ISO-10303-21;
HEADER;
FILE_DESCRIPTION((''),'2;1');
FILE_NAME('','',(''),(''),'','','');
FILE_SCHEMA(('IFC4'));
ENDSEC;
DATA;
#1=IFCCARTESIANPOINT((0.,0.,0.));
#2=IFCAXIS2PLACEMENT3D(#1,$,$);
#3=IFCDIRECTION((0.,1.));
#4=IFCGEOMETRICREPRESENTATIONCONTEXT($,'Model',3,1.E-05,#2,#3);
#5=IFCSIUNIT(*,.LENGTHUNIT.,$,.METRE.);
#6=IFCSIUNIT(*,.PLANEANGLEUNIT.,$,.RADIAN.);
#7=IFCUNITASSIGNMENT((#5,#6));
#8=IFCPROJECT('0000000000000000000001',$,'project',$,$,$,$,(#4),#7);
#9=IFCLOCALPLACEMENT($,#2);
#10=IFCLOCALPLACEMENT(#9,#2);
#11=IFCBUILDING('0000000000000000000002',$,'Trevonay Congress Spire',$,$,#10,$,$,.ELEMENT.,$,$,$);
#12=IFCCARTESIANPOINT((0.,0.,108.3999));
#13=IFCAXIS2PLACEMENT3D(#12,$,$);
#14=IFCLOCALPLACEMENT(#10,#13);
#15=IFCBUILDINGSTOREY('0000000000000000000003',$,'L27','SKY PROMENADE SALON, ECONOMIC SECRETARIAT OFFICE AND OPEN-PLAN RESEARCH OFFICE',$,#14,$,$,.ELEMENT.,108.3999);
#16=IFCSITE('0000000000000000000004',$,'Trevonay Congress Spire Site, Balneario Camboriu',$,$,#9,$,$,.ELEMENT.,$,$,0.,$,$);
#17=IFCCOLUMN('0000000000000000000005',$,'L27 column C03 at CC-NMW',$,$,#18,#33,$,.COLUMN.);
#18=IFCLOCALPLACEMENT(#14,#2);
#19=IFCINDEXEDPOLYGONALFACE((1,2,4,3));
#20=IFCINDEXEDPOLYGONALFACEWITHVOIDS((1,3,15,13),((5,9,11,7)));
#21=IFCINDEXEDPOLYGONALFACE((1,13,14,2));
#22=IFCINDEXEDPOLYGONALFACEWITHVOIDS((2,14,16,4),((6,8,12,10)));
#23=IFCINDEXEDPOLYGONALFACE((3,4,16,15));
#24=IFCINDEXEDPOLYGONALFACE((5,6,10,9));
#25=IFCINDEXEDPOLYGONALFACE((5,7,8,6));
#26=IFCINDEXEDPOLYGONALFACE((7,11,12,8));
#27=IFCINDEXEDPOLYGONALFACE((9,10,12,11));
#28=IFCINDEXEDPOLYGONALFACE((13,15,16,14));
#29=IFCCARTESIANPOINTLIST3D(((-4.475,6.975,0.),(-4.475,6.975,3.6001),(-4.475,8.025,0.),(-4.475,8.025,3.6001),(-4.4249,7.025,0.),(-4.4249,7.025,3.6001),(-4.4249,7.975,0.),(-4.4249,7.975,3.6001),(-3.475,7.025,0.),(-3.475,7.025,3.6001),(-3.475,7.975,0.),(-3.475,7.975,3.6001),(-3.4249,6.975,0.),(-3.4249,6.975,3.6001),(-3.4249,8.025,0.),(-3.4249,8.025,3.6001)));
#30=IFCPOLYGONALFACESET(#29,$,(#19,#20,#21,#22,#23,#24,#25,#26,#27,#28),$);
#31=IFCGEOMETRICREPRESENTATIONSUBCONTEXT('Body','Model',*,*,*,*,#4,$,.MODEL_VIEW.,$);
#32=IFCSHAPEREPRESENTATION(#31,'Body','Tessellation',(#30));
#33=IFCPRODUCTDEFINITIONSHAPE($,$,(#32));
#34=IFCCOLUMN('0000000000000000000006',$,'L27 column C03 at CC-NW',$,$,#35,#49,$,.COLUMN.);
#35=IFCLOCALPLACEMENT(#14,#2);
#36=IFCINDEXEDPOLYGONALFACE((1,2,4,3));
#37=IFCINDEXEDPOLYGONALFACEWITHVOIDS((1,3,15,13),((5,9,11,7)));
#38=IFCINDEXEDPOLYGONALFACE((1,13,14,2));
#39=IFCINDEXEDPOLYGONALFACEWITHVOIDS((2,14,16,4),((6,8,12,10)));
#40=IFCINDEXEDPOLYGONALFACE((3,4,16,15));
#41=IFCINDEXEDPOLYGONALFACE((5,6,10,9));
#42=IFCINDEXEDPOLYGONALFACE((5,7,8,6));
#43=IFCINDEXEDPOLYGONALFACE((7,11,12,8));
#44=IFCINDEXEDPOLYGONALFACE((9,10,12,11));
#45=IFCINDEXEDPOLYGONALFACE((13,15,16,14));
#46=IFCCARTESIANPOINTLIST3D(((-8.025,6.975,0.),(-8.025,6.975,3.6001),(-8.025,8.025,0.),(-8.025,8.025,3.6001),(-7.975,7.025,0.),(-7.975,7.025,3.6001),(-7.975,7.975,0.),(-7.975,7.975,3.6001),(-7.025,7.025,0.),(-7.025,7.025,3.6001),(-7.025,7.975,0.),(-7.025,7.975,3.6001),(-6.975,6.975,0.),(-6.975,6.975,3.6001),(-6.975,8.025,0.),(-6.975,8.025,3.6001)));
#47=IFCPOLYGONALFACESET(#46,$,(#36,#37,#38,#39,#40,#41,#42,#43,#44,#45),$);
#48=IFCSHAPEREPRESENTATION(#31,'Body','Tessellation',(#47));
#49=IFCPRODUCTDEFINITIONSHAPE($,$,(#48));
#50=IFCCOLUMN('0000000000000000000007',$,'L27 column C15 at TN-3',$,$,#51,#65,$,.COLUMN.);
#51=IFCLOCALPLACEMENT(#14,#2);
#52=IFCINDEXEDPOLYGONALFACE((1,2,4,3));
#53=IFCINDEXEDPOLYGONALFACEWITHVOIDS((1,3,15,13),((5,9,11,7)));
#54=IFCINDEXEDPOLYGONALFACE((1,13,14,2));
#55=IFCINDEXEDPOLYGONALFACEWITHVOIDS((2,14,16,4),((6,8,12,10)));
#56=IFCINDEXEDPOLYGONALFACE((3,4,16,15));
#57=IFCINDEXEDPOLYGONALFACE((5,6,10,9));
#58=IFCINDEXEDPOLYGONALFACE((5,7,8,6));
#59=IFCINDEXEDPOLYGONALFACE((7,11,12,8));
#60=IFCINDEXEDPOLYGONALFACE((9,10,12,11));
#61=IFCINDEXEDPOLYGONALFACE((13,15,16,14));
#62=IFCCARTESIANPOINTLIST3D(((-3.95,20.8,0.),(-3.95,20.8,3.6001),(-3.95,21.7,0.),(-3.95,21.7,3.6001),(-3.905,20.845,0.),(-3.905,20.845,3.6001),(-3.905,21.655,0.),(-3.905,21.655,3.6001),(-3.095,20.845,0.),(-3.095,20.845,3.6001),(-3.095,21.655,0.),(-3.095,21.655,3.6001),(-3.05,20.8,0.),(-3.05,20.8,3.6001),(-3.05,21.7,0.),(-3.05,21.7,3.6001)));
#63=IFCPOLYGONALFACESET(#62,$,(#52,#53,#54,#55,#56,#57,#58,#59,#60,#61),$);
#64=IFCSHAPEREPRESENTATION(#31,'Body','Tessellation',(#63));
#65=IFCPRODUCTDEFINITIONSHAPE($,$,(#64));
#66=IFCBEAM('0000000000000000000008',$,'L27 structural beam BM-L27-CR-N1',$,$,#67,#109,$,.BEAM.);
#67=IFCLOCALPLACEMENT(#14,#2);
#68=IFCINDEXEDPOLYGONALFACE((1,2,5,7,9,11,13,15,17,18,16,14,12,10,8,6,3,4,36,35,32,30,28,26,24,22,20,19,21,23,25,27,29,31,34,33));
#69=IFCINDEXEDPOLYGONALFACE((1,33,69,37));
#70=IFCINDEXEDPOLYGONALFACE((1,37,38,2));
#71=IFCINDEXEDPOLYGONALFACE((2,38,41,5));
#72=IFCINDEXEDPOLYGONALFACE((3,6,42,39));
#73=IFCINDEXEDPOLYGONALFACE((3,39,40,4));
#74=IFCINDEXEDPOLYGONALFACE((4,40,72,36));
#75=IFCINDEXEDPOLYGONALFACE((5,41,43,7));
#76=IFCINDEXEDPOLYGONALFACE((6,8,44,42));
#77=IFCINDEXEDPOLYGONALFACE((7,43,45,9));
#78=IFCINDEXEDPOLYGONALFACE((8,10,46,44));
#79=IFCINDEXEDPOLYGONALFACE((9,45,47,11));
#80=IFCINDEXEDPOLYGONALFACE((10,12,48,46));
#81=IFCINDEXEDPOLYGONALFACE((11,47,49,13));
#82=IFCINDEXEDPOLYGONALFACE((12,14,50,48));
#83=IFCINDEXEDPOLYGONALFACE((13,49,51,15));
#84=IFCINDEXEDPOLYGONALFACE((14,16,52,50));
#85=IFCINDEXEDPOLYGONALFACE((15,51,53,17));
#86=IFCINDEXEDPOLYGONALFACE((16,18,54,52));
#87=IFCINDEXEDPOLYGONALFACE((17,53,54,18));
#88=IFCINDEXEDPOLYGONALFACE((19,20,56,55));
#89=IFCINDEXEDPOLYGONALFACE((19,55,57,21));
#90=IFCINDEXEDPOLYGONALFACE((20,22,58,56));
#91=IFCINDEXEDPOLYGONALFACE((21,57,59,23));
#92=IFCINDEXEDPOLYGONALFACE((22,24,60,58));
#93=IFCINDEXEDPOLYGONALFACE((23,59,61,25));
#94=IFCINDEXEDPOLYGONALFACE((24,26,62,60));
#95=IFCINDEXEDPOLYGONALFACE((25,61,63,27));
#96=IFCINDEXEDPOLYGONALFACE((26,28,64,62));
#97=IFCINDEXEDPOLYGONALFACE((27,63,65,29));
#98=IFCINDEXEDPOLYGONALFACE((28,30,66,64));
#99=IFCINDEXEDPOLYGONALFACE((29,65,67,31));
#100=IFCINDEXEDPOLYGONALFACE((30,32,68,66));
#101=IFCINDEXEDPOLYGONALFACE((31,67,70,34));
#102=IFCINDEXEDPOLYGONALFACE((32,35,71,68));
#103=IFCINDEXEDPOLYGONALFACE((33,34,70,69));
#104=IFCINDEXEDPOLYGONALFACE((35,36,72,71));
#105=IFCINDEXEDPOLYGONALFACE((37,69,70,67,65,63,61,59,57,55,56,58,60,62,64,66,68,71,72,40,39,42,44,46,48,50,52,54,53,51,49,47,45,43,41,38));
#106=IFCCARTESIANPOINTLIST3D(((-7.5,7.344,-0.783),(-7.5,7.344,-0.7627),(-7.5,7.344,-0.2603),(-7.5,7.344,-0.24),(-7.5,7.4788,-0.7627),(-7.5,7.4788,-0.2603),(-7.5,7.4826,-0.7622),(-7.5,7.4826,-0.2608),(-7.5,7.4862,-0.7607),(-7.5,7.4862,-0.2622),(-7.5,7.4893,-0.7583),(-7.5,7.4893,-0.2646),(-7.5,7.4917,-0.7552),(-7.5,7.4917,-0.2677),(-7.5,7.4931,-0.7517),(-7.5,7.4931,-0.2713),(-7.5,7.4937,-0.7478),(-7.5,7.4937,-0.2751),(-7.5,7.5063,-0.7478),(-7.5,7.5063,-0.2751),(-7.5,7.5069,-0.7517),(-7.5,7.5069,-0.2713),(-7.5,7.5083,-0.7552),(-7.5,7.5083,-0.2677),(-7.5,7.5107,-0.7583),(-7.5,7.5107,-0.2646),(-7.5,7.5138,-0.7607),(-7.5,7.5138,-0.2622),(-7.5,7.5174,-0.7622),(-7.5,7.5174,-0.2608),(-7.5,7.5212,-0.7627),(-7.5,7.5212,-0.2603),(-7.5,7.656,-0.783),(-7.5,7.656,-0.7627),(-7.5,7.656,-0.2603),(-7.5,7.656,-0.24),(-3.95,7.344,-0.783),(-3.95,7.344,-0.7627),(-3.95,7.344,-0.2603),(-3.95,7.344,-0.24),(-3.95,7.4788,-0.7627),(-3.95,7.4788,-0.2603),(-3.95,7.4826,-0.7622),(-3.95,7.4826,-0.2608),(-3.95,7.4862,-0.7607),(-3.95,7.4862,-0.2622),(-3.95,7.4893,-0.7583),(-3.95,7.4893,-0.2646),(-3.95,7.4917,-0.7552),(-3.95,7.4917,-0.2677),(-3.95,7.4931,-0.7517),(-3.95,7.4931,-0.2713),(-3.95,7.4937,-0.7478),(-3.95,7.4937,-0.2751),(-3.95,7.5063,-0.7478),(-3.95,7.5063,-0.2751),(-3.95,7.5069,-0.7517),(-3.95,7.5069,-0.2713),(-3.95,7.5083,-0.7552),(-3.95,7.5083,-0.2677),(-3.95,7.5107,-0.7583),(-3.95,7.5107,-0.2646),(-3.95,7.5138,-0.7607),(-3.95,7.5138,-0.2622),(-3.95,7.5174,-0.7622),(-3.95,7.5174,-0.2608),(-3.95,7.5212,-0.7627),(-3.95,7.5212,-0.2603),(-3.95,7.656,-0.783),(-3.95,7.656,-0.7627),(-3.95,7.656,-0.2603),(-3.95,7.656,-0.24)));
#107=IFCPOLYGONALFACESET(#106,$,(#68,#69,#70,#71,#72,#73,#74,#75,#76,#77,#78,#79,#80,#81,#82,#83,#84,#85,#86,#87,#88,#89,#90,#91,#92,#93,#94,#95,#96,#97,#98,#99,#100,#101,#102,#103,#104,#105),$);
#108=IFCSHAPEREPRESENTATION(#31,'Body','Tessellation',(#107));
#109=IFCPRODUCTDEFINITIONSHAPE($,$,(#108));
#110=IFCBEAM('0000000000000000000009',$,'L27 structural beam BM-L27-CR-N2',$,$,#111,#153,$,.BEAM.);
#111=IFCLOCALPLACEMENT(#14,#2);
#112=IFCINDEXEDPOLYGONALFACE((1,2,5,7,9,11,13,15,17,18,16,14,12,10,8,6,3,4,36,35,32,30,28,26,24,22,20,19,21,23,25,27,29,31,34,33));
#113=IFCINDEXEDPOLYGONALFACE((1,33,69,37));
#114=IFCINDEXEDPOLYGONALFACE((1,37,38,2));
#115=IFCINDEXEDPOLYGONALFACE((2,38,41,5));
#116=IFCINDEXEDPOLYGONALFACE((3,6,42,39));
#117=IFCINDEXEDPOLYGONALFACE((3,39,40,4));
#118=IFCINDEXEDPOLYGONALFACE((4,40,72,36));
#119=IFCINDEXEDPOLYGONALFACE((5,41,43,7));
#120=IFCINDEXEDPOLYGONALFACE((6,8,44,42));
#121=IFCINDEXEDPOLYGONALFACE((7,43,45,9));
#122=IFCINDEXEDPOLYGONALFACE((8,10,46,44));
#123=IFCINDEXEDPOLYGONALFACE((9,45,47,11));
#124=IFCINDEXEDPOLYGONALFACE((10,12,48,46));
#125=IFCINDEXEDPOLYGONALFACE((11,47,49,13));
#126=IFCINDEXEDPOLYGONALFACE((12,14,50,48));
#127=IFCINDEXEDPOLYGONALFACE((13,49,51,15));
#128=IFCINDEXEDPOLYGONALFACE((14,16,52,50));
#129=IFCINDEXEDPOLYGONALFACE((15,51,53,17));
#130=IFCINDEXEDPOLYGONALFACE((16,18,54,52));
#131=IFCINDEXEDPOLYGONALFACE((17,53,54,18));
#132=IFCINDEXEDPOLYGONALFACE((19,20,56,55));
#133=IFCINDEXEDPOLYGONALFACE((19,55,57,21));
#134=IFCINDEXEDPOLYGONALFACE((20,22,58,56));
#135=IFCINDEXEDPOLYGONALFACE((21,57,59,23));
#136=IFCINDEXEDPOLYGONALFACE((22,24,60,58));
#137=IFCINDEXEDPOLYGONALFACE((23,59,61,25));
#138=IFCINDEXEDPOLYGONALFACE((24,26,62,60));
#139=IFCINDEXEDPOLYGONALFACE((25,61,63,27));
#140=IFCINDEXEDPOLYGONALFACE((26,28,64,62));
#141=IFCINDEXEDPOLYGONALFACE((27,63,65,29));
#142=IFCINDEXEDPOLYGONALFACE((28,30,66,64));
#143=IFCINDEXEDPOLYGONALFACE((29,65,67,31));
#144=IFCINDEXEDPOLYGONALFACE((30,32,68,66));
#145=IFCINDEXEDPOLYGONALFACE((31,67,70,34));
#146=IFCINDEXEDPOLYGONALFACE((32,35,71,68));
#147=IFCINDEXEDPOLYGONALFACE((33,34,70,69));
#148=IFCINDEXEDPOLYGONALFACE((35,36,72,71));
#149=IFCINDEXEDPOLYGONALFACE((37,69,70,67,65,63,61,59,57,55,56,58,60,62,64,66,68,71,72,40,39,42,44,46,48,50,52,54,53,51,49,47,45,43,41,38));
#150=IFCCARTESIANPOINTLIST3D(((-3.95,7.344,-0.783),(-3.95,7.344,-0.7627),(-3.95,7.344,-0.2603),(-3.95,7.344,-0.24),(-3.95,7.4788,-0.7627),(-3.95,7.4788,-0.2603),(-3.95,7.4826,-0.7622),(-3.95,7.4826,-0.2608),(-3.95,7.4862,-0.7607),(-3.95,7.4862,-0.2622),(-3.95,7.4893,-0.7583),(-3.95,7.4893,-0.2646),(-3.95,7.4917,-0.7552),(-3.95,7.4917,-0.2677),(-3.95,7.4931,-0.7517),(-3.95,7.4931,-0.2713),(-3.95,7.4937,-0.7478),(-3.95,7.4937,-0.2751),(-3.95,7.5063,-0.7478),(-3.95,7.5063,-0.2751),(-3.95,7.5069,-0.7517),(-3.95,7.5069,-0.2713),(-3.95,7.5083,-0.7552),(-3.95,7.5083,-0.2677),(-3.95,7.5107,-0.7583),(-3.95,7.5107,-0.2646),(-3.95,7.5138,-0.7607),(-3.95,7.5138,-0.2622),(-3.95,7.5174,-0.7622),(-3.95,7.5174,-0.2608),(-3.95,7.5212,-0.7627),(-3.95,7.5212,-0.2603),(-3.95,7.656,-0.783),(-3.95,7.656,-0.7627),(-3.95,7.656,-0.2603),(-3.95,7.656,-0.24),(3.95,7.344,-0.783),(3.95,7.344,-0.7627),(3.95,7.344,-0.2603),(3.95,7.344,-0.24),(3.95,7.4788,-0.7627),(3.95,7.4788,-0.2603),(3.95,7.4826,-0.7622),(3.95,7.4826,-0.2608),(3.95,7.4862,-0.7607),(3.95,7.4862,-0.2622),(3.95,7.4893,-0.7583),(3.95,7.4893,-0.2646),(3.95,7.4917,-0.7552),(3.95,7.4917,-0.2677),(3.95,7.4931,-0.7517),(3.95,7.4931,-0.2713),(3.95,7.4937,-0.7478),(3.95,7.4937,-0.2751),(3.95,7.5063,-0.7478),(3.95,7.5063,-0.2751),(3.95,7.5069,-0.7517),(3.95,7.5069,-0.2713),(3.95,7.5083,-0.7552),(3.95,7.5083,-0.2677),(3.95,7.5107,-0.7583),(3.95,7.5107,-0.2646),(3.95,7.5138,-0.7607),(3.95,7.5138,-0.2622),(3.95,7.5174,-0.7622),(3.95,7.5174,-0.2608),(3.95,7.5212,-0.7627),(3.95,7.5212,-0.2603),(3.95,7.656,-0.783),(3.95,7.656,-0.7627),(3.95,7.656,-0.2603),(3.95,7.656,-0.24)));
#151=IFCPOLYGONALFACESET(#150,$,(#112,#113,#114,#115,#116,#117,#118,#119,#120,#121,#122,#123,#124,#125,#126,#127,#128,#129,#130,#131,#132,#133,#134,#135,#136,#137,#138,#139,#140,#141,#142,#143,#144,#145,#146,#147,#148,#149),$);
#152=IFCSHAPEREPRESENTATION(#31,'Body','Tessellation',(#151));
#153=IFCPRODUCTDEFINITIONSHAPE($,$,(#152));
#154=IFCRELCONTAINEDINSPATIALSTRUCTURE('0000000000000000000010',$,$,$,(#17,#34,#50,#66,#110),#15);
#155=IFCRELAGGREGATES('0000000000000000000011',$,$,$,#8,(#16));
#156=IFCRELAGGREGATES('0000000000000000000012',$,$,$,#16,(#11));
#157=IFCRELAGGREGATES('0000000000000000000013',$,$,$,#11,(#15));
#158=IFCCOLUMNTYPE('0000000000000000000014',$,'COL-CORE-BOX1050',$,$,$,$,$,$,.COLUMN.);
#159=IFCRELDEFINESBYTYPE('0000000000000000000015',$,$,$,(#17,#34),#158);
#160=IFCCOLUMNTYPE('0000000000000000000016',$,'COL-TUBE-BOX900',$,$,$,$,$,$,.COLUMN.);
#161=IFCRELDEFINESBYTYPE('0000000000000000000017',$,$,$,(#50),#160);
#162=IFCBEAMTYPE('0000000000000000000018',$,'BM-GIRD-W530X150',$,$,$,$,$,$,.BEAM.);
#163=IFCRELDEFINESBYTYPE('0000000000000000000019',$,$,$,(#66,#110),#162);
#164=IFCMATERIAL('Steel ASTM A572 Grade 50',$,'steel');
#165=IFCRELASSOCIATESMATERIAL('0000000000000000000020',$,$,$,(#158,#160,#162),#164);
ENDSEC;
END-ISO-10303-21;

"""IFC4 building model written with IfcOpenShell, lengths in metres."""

from ifc_helpers import new_model, si_unit, direction, frame, origin, origin_2d, place, context, subcontext, project, spatial, hollow_rectangle, i_section, extrude, material, material_profile, profile_set, type_object, element, save


model = new_model("IFC4")

# Units and contexts
model_context = context("Model", 3, precision=1e-05, world=origin(), true_north=direction((0.0, 1.0)))
body_context = subcontext(model_context, "Body", "Model", "MODEL_VIEW")
ifc_project = project(units=[si_unit("LENGTHUNIT", "METRE"), si_unit("PLANEANGLEUNIT", "RADIAN")], contexts=[model_context])

# Site, building, storey
site_placement = place(None, origin())
site = spatial("IfcSite", under=ifc_project, at=site_placement, Name="Trevonay Congress Spire Site, Balneario Camboriu", CompositionType="ELEMENT", RefElevation=0.0)
building_placement = place(site_placement, origin())
building = spatial("IfcBuilding", under=site, at=building_placement, Name="Trevonay Congress Spire", CompositionType="ELEMENT")
storey_placement = place(building_placement, frame((0.0, 0.0, 108.3999)))
storey = spatial("IfcBuildingStorey", under=building, at=storey_placement, Name="L27", Description="SKY PROMENADE SALON, ECONOMIC SECRETARIAT OFFICE AND OPEN-PLAN RESEARCH OFFICE", CompositionType="ELEMENT", Elevation=108.3999)

# Columns
ifc_material_1 = material(Name="Steel ASTM A572 Grade 50", Category="steel")
ifc_material_profile_1 = material_profile(ifc_material_1, hollow_rectangle(XDim=1.05, YDim=1.05, WallThickness=0.05, at=origin_2d()), Name="BOX 1050x1050x50")
ifc_profile_set_1 = profile_set([ifc_material_profile_1], Name="Steel ASTM A572 Grade 50")
column_type_1 = type_object("IfcColumnType", Name="COL-CORE-BOX1050", PredefinedType="COLUMN", material=ifc_profile_set_1)
for number, where, z_axis, x_axis, name in (
    (1, (-3.95, 7.5, 0.0), (0.0, 0.0, 1.0), (1.0, 0.0, 0.0), "L27 column C03 at CC-NMW"),
    (2, (-7.5, 7.5, 0.0), (0.0, 0.0, 1.0), (1.0, 0.0, 0.0), "L27 column C03 at CC-NW"),
):
    element("IfcColumn", number, at=place(storey_placement, frame(where, z_axis=z_axis, x_axis=x_axis)), inside=storey, type_object=column_type_1, Name=name, PredefinedType="COLUMN", context=body_context, shape_type="SweptSolid", body=[
        extrude(hollow_rectangle(XDim=1.05, YDim=1.05, WallThickness=0.05, at=origin_2d()), origin(), (0.0, 0.0, 1.0), 3.6001),
    ])
ifc_material_profile_2 = material_profile(ifc_material_1, hollow_rectangle(XDim=0.8999, YDim=0.8999, WallThickness=0.0449, at=origin_2d()), Name="BOX 900x900x45")
ifc_profile_set_2 = profile_set([ifc_material_profile_2], Name="Steel ASTM A572 Grade 50")
column_type_2 = type_object("IfcColumnType", Name="COL-TUBE-BOX900", PredefinedType="COLUMN", material=ifc_profile_set_2)
column_placement = place(storey_placement, frame((-3.5, 21.25, 0.0), z_axis=(0.0, 0.0, 1.0), x_axis=(1.0, 0.0, 0.0)))
element("IfcColumn", 3, at=column_placement, inside=storey, type_object=column_type_2, Name="L27 column C15 at TN-3", PredefinedType="COLUMN", context=body_context, shape_type="SweptSolid", body=[
    extrude(hollow_rectangle(XDim=0.8999, YDim=0.8999, WallThickness=0.0449, at=origin_2d()), origin(), (0.0, 0.0, 1.0), 3.6001),
])

# Beams
ifc_material_profile_3 = material_profile(ifc_material_1, i_section(OverallWidth=0.312, OverallDepth=0.543, WebThickness=0.0127, FlangeThickness=0.0203, FilletRadius=0.0149, at=origin_2d()), Name="W530x150")
ifc_profile_set_3 = profile_set([ifc_material_profile_3], Name="Steel ASTM A572 Grade 50")
beam_type_1 = type_object("IfcBeamType", Name="BM-GIRD-W530X150", PredefinedType="BEAM", material=ifc_profile_set_3)
beam_1_placement = place(storey_placement, frame((-7.5, 7.5, -0.5115), z_axis=(1.0, 0.0, 0.0), x_axis=(0.0, 1.0, 0.0)))
element("IfcBeam", 4, at=beam_1_placement, inside=storey, type_object=beam_type_1, Name="L27 structural beam BM-L27-CR-N1", PredefinedType="BEAM", context=body_context, shape_type="SweptSolid", body=[
    extrude(i_section(OverallWidth=0.312, OverallDepth=0.543, WebThickness=0.0127, FlangeThickness=0.0203, FilletRadius=0.0149, at=origin_2d()), origin(), (0.0, 0.0, 1.0), 3.55),
])
beam_2_placement = place(storey_placement, frame((-3.95, 7.5, -0.5115), z_axis=(1.0, 0.0, 0.0), x_axis=(0.0, 1.0, 0.0)))
element("IfcBeam", 5, at=beam_2_placement, inside=storey, type_object=beam_type_1, Name="L27 structural beam BM-L27-CR-N2", PredefinedType="BEAM", context=body_context, shape_type="SweptSolid", body=[
    extrude(i_section(OverallWidth=0.312, OverallDepth=0.543, WebThickness=0.0127, FlangeThickness=0.0203, FilletRadius=0.0149, at=origin_2d()), origin(), (0.0, 0.0, 1.0), 7.8999),
])

save(model, "model.ifc")
